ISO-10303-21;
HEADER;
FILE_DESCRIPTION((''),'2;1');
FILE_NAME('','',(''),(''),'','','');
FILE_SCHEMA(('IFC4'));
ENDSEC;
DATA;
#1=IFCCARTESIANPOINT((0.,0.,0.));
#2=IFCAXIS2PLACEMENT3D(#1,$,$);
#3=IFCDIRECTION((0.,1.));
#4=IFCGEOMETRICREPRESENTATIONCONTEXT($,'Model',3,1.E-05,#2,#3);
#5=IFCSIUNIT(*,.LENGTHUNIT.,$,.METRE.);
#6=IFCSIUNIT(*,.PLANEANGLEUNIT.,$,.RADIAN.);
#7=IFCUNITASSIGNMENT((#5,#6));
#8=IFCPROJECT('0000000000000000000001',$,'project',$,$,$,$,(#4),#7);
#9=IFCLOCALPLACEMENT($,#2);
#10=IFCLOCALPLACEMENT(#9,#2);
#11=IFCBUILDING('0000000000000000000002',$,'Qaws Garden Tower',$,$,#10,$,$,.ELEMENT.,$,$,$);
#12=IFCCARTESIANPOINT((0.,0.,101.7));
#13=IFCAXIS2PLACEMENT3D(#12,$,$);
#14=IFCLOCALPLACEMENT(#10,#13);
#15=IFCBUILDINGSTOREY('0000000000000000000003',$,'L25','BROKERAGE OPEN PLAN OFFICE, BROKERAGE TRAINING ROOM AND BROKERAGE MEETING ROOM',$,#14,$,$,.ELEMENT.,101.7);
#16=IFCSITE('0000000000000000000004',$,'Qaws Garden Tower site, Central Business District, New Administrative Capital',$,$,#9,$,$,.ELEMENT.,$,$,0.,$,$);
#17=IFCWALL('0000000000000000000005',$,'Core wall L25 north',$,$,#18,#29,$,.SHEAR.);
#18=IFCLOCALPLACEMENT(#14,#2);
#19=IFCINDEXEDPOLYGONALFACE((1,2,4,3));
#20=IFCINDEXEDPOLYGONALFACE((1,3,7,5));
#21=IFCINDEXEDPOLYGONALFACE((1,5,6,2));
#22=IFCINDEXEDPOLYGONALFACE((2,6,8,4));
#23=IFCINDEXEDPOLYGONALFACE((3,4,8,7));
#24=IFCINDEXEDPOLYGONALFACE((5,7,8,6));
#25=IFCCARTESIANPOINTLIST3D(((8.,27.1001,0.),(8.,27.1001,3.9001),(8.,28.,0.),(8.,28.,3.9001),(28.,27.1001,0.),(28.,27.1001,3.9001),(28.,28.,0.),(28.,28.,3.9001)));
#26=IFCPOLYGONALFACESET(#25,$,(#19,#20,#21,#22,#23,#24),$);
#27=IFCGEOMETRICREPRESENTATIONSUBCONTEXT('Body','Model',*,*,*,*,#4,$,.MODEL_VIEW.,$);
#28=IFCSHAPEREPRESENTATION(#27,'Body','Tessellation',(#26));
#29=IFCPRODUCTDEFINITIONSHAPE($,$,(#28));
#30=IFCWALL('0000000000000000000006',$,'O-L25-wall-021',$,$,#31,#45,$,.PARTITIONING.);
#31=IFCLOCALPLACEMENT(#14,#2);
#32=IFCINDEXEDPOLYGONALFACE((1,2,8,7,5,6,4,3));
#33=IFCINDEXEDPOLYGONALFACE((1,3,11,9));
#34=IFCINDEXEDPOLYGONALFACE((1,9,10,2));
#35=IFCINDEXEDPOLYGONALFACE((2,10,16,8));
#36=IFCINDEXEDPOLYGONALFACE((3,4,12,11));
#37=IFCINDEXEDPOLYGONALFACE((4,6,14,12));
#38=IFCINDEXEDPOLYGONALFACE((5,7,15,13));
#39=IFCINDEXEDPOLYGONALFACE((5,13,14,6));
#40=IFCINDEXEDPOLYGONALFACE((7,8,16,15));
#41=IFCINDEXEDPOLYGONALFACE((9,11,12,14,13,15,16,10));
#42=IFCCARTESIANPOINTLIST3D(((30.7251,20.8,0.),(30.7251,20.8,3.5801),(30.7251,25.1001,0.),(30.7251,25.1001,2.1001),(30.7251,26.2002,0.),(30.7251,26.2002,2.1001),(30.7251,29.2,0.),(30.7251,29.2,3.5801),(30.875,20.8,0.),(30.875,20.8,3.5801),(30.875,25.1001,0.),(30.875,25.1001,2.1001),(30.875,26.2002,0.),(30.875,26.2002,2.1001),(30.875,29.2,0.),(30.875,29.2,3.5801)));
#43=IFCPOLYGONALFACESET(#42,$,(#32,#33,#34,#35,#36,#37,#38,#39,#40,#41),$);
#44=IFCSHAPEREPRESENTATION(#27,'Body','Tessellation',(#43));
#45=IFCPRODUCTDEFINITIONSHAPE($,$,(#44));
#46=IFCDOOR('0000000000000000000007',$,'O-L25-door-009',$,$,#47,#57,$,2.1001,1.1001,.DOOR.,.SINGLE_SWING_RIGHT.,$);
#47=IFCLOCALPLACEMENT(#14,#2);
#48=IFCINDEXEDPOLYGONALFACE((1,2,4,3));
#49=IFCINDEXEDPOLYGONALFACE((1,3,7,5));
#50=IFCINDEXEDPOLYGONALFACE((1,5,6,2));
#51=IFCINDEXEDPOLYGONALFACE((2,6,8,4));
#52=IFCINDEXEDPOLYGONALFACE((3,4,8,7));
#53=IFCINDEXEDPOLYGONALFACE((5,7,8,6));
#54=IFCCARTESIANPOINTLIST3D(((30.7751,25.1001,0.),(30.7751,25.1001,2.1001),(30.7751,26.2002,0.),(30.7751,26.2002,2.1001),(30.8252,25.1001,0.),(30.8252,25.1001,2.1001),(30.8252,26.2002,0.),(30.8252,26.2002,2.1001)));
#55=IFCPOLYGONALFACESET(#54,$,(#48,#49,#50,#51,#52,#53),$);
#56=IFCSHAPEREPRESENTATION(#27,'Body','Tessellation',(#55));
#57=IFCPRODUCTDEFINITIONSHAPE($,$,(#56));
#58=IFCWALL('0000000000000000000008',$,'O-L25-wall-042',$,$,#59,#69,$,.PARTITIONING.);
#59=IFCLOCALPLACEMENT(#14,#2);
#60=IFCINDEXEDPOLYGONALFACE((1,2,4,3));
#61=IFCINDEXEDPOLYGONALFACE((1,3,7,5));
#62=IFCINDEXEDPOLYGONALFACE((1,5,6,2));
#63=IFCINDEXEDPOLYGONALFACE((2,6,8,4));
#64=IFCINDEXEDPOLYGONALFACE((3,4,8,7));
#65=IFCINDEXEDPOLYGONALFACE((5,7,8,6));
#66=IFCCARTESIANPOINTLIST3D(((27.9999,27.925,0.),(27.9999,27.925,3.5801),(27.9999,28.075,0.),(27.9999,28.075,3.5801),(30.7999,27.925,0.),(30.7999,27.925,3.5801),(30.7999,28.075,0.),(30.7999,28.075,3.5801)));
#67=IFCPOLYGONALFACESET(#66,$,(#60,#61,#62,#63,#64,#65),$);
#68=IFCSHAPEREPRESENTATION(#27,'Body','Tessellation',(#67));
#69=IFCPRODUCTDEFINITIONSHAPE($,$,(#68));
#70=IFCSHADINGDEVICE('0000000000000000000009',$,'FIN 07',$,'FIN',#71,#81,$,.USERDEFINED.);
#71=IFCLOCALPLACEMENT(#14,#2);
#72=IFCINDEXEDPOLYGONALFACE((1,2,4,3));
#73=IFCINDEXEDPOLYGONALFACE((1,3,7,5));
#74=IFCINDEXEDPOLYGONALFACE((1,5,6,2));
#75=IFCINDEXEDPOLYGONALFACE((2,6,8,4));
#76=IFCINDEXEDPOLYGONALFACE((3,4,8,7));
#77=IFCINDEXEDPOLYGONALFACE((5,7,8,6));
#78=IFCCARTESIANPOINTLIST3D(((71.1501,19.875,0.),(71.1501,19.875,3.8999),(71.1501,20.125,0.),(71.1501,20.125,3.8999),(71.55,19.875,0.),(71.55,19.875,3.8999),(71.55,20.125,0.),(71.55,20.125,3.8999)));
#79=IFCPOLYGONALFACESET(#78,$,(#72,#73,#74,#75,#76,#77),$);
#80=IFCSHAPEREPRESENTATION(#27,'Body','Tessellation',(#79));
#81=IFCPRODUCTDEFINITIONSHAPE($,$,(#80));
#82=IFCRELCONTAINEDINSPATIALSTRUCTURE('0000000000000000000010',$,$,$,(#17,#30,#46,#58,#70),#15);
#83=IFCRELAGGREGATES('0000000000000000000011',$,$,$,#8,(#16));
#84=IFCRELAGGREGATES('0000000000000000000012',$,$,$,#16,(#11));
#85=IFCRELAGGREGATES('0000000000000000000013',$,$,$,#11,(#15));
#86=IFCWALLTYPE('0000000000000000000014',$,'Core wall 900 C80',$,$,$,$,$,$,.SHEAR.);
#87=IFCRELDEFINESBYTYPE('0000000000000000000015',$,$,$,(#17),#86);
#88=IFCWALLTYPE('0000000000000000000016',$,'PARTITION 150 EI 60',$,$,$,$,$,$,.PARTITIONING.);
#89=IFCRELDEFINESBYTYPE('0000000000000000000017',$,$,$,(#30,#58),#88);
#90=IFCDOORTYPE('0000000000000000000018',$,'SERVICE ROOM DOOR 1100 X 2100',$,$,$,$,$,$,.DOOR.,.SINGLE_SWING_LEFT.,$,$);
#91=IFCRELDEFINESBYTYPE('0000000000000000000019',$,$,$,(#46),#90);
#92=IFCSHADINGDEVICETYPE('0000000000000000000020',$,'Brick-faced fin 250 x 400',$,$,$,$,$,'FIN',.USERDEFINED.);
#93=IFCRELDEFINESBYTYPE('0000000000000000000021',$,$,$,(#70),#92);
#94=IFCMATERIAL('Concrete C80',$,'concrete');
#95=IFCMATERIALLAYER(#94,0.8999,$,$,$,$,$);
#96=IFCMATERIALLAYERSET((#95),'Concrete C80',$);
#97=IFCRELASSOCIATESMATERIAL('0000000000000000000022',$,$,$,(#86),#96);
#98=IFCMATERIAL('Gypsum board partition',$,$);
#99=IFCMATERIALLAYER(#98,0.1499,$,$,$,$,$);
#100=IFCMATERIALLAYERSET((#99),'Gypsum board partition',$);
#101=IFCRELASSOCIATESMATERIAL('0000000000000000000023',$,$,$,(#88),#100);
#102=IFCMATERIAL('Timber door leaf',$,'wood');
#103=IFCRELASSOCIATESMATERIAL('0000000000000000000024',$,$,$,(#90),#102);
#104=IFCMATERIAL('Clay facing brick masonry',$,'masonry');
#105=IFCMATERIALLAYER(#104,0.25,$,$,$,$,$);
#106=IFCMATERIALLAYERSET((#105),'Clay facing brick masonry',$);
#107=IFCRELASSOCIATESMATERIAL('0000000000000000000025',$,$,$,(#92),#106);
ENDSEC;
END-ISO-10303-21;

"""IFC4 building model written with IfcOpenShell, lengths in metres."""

from ifc_helpers import new_model, si_unit, direction, frame, frame_2d, origin, origin_2d, place, context, subcontext, project, spatial, rectangle, extrude, material, layer, layer_set, type_object, element, fill, save


model = new_model("IFC4")

# Units and contexts
model_context = context("Model", 3, precision=1e-05, world=origin(), true_north=direction((0.0, 1.0)))
body_context = subcontext(model_context, "Body", "Model", "MODEL_VIEW")
ifc_project = project(units=[si_unit("LENGTHUNIT", "METRE"), si_unit("PLANEANGLEUNIT", "RADIAN")], contexts=[model_context])

# Site, building, storey
site_placement = place(None, origin())
site = spatial("IfcSite", under=ifc_project, at=site_placement, Name="Qaws Garden Tower site, Central Business District, New Administrative Capital", CompositionType="ELEMENT", RefElevation=0.0)
building_placement = place(site_placement, origin())
building = spatial("IfcBuilding", under=site, at=building_placement, Name="Qaws Garden Tower", CompositionType="ELEMENT")
storey_placement = place(building_placement, frame((0.0, 0.0, 101.7)))
storey = spatial("IfcBuildingStorey", under=building, at=storey_placement, Name="L25", Description="BROKERAGE OPEN PLAN OFFICE, BROKERAGE TRAINING ROOM AND BROKERAGE MEETING ROOM", CompositionType="ELEMENT", Elevation=101.7)

# Wall
ifc_material_1 = material(Name="Concrete C80", Category="concrete")
ifc_layer_1 = layer(ifc_material_1, 0.8999)
ifc_layer_set_1 = layer_set([ifc_layer_1], Name="Concrete C80")
wall_type_1 = type_object("IfcWallType", Name="Core wall 900 C80", PredefinedType="SHEAR", material=ifc_layer_set_1)
wall_1_placement = place(storey_placement, frame((28.0, 27.55, 0.0), z_axis=(0.0, 0.0, 1.0), x_axis=(-1.0, 0.0, 0.0)))
element("IfcWall", 1, at=wall_1_placement, inside=storey, type_object=wall_type_1, Name="Core wall L25 north", PredefinedType="SHEAR", context=body_context, shape_type="SweptSolid", body=[
    extrude(rectangle(XDim=20.0, YDim=0.8999, at=frame_2d((10.0, 0.0))), origin(), (0.0, 0.0, 1.0), 3.9001),
])

# Wall, opening, door
ifc_material_2 = material(Name="Gypsum board partition")
ifc_layer_2 = layer(ifc_material_2, 0.1499)
ifc_layer_set_2 = layer_set([ifc_layer_2], Name="Gypsum board partition")
wall_type_2 = type_object("IfcWallType", Name="PARTITION 150 EI 60", PredefinedType="PARTITIONING", material=ifc_layer_set_2)
wall_2_placement = place(storey_placement, frame((30.8, 20.8, 0.0), z_axis=(0.0, 0.0, 1.0), x_axis=(0.0, 1.0, 0.0)))
wall_2 = element("IfcWall", 2, at=wall_2_placement, inside=storey, type_object=wall_type_2, Name="O-L25-wall-021", PredefinedType="PARTITIONING", context=body_context, shape_type="SweptSolid", body=[
    extrude(rectangle(XDim=8.3999, YDim=0.1499, at=frame_2d((4.2, 0.0))), origin(), (0.0, 0.0, 1.0), 3.5801),
])
opening_placement = place(wall_2_placement, frame((4.3, 0.0, 0.0)))
opening = element("IfcOpeningElement", 3, at=opening_placement, cuts=wall_2, PredefinedType="OPENING", context=body_context, shape_type="SweptSolid", body=[
    extrude(rectangle(XDim=1.1001, YDim=2.1001, at=frame_2d((0.55, 1.05))), frame((0.0, 0.085, 0.0), z_axis=(0.0, -1.0, 0.0), x_axis=(1.0, 0.0, 0.0)), (0.0, 0.0, 1.0), 0.1699),
])
ifc_material_3 = material(Name="Timber door leaf", Category="wood")
door_type = type_object("IfcDoorType", Name="SERVICE ROOM DOOR 1100 X 2100", OperationType="SINGLE_SWING_LEFT", PredefinedType="DOOR", material=ifc_material_3)
door_placement = place(opening_placement, origin())
door = element("IfcDoor", 4, at=door_placement, inside=storey, type_object=door_type, Name="O-L25-door-009", OperationType="SINGLE_SWING_RIGHT", OverallHeight=2.1001, OverallWidth=1.1001, PredefinedType="DOOR", context=body_context, shape_type="SweptSolid", body=[
    extrude(rectangle(XDim=1.1001, YDim=2.1001, at=frame_2d((0.55, 1.05))), frame((0.0, 0.0249, 0.0), z_axis=(0.0, -1.0, 0.0), x_axis=(1.0, 0.0, 0.0)), (0.0, 0.0, 1.0), 0.05),
])
fill(opening, door)

# Wall
wall_3_placement = place(storey_placement, frame((28.0, 28.0, 0.0), z_axis=(0.0, 0.0, 1.0), x_axis=(1.0, 0.0, 0.0)))
element("IfcWall", 5, at=wall_3_placement, inside=storey, type_object=wall_type_2, Name="O-L25-wall-042", PredefinedType="PARTITIONING", context=body_context, shape_type="SweptSolid", body=[
    extrude(rectangle(XDim=2.8, YDim=0.1499, at=frame_2d((1.3999, 0.0))), origin(), (0.0, 0.0, 1.0), 3.5801),
])

# Shading device
ifc_material_4 = material(Name="Clay facing brick masonry", Category="masonry")
ifc_layer_3 = layer(ifc_material_4, 0.25)
ifc_layer_set_3 = layer_set([ifc_layer_3], Name="Clay facing brick masonry")
shading_device_type = type_object("IfcShadingDeviceType", Name="Brick-faced fin 250 x 400", ElementType="FIN", PredefinedType="USERDEFINED", material=ifc_layer_set_3)
shading_device_placement = place(storey_placement, frame((71.3501, 20.0, 0.0), z_axis=(0.0, 0.0, 1.0), x_axis=(0.0, 1.0, 0.0)))
element("IfcShadingDevice", 6, at=shading_device_placement, inside=storey, type_object=shading_device_type, Name="FIN 07", ObjectType="FIN", PredefinedType="USERDEFINED", context=body_context, shape_type="SweptSolid", body=[
    extrude(rectangle(XDim=0.25, YDim=0.3999, at=origin_2d()), origin(), (0.0, 0.0, 1.0), 3.8999),
])

save(model, "model.ifc")
